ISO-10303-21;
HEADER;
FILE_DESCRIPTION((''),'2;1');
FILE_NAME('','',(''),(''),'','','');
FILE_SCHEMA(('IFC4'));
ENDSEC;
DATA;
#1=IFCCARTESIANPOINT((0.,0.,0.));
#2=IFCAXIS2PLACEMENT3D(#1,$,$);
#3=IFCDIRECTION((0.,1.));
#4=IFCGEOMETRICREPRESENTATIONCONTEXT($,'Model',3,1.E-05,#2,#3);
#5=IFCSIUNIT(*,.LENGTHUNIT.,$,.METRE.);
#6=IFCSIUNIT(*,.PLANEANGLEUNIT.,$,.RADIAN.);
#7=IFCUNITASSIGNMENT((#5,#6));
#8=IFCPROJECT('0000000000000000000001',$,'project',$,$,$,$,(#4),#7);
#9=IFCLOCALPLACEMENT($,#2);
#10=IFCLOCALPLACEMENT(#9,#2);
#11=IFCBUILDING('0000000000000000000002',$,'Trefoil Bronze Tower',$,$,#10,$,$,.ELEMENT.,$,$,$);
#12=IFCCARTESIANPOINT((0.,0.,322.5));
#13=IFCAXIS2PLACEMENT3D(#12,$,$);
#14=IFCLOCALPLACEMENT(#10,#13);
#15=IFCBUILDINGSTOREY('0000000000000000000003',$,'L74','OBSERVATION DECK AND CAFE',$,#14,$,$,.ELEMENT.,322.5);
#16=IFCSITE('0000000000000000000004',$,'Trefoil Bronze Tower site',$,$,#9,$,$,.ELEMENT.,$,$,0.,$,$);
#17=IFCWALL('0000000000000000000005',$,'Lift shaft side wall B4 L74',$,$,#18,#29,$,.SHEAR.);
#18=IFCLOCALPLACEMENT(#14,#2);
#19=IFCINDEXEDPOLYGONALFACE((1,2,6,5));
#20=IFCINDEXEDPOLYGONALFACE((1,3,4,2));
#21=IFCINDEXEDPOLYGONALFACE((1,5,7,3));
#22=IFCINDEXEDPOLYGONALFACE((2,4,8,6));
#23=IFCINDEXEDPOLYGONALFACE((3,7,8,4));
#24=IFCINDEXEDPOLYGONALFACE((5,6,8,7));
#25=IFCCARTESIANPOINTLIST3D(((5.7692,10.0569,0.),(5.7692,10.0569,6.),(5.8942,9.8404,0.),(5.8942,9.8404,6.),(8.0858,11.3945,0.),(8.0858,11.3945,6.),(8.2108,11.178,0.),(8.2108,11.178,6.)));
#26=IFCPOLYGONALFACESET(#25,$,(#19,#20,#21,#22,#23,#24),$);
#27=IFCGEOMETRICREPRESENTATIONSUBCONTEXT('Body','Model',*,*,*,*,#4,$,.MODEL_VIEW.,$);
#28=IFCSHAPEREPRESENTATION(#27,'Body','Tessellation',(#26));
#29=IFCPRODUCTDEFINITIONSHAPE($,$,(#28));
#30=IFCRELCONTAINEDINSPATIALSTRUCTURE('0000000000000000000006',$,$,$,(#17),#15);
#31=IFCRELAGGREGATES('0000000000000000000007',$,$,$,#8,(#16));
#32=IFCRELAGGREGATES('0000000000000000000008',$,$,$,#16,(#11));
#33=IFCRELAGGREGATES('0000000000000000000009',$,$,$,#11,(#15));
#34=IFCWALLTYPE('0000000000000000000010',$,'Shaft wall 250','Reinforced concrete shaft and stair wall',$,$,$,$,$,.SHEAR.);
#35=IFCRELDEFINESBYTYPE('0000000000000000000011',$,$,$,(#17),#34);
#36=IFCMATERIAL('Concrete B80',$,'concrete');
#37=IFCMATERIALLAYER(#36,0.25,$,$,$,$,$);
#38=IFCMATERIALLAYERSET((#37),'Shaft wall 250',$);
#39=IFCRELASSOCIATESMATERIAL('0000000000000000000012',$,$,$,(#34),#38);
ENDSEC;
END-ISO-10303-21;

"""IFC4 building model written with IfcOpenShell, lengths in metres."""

from ifc_helpers import new_model, si_unit, direction, frame, frame_2d, origin, place, context, subcontext, project, spatial, rectangle, extrude, material, layer, layer_set, type_object, element, save


model = new_model("IFC4")

# Units and contexts
model_context = context("Model", 3, precision=1e-05, world=origin(), true_north=direction((0.0, 1.0)))
body_context = subcontext(model_context, "Body", "Model", "MODEL_VIEW")
ifc_project = project(units=[si_unit("LENGTHUNIT", "METRE"), si_unit("PLANEANGLEUNIT", "RADIAN")], contexts=[model_context])

# Site, building, storey
site_placement = place(None, origin())
site = spatial("IfcSite", under=ifc_project, at=site_placement, Name="Trefoil Bronze Tower site", CompositionType="ELEMENT", RefElevation=0.0)
building_placement = place(site_placement, origin())
building = spatial("IfcBuilding", under=site, at=building_placement, Name="Trefoil Bronze Tower", CompositionType="ELEMENT")
storey_placement = place(building_placement, frame((0.0, 0.0, 322.5)))
storey = spatial("IfcBuildingStorey", under=building, at=storey_placement, Name="L74", Description="OBSERVATION DECK AND CAFE", CompositionType="ELEMENT", Elevation=322.5)

# Shared definitions
ifc_material_1 = material(Name="Concrete B80", Category="concrete")
ifc_layer_1 = layer(ifc_material_1, 0.25)
ifc_layer_set_1 = layer_set([ifc_layer_1], Name="Shaft wall 250")
wall_type_1 = type_object("IfcWallType", Name="Shaft wall 250", Description="Reinforced concrete shaft and stair wall", PredefinedType="SHEAR", material=ifc_layer_set_1)

# Wall
for number, where, z_axis, x_axis, name in (
    (1, (5.8318, 9.9487, 0.0), (0.0, 0.0, 1.0), (0.866005, 0.500036, 0.0), "Lift shaft side wall B4 L74"),
):
    element("IfcWall", number, at=place(storey_placement, frame(where, z_axis=z_axis, x_axis=x_axis)), inside=storey, type_object=wall_type_1, Name=name, PredefinedType="SHEAR", context=body_context, shape_type="SweptSolid", body=[
        extrude(rectangle(XDim=2.675, YDim=0.25, at=frame_2d((1.3374, 0.0))), origin(), (0.0, 0.0, 1.0), 6.0),
    ])

save(model, "model.ifc")
